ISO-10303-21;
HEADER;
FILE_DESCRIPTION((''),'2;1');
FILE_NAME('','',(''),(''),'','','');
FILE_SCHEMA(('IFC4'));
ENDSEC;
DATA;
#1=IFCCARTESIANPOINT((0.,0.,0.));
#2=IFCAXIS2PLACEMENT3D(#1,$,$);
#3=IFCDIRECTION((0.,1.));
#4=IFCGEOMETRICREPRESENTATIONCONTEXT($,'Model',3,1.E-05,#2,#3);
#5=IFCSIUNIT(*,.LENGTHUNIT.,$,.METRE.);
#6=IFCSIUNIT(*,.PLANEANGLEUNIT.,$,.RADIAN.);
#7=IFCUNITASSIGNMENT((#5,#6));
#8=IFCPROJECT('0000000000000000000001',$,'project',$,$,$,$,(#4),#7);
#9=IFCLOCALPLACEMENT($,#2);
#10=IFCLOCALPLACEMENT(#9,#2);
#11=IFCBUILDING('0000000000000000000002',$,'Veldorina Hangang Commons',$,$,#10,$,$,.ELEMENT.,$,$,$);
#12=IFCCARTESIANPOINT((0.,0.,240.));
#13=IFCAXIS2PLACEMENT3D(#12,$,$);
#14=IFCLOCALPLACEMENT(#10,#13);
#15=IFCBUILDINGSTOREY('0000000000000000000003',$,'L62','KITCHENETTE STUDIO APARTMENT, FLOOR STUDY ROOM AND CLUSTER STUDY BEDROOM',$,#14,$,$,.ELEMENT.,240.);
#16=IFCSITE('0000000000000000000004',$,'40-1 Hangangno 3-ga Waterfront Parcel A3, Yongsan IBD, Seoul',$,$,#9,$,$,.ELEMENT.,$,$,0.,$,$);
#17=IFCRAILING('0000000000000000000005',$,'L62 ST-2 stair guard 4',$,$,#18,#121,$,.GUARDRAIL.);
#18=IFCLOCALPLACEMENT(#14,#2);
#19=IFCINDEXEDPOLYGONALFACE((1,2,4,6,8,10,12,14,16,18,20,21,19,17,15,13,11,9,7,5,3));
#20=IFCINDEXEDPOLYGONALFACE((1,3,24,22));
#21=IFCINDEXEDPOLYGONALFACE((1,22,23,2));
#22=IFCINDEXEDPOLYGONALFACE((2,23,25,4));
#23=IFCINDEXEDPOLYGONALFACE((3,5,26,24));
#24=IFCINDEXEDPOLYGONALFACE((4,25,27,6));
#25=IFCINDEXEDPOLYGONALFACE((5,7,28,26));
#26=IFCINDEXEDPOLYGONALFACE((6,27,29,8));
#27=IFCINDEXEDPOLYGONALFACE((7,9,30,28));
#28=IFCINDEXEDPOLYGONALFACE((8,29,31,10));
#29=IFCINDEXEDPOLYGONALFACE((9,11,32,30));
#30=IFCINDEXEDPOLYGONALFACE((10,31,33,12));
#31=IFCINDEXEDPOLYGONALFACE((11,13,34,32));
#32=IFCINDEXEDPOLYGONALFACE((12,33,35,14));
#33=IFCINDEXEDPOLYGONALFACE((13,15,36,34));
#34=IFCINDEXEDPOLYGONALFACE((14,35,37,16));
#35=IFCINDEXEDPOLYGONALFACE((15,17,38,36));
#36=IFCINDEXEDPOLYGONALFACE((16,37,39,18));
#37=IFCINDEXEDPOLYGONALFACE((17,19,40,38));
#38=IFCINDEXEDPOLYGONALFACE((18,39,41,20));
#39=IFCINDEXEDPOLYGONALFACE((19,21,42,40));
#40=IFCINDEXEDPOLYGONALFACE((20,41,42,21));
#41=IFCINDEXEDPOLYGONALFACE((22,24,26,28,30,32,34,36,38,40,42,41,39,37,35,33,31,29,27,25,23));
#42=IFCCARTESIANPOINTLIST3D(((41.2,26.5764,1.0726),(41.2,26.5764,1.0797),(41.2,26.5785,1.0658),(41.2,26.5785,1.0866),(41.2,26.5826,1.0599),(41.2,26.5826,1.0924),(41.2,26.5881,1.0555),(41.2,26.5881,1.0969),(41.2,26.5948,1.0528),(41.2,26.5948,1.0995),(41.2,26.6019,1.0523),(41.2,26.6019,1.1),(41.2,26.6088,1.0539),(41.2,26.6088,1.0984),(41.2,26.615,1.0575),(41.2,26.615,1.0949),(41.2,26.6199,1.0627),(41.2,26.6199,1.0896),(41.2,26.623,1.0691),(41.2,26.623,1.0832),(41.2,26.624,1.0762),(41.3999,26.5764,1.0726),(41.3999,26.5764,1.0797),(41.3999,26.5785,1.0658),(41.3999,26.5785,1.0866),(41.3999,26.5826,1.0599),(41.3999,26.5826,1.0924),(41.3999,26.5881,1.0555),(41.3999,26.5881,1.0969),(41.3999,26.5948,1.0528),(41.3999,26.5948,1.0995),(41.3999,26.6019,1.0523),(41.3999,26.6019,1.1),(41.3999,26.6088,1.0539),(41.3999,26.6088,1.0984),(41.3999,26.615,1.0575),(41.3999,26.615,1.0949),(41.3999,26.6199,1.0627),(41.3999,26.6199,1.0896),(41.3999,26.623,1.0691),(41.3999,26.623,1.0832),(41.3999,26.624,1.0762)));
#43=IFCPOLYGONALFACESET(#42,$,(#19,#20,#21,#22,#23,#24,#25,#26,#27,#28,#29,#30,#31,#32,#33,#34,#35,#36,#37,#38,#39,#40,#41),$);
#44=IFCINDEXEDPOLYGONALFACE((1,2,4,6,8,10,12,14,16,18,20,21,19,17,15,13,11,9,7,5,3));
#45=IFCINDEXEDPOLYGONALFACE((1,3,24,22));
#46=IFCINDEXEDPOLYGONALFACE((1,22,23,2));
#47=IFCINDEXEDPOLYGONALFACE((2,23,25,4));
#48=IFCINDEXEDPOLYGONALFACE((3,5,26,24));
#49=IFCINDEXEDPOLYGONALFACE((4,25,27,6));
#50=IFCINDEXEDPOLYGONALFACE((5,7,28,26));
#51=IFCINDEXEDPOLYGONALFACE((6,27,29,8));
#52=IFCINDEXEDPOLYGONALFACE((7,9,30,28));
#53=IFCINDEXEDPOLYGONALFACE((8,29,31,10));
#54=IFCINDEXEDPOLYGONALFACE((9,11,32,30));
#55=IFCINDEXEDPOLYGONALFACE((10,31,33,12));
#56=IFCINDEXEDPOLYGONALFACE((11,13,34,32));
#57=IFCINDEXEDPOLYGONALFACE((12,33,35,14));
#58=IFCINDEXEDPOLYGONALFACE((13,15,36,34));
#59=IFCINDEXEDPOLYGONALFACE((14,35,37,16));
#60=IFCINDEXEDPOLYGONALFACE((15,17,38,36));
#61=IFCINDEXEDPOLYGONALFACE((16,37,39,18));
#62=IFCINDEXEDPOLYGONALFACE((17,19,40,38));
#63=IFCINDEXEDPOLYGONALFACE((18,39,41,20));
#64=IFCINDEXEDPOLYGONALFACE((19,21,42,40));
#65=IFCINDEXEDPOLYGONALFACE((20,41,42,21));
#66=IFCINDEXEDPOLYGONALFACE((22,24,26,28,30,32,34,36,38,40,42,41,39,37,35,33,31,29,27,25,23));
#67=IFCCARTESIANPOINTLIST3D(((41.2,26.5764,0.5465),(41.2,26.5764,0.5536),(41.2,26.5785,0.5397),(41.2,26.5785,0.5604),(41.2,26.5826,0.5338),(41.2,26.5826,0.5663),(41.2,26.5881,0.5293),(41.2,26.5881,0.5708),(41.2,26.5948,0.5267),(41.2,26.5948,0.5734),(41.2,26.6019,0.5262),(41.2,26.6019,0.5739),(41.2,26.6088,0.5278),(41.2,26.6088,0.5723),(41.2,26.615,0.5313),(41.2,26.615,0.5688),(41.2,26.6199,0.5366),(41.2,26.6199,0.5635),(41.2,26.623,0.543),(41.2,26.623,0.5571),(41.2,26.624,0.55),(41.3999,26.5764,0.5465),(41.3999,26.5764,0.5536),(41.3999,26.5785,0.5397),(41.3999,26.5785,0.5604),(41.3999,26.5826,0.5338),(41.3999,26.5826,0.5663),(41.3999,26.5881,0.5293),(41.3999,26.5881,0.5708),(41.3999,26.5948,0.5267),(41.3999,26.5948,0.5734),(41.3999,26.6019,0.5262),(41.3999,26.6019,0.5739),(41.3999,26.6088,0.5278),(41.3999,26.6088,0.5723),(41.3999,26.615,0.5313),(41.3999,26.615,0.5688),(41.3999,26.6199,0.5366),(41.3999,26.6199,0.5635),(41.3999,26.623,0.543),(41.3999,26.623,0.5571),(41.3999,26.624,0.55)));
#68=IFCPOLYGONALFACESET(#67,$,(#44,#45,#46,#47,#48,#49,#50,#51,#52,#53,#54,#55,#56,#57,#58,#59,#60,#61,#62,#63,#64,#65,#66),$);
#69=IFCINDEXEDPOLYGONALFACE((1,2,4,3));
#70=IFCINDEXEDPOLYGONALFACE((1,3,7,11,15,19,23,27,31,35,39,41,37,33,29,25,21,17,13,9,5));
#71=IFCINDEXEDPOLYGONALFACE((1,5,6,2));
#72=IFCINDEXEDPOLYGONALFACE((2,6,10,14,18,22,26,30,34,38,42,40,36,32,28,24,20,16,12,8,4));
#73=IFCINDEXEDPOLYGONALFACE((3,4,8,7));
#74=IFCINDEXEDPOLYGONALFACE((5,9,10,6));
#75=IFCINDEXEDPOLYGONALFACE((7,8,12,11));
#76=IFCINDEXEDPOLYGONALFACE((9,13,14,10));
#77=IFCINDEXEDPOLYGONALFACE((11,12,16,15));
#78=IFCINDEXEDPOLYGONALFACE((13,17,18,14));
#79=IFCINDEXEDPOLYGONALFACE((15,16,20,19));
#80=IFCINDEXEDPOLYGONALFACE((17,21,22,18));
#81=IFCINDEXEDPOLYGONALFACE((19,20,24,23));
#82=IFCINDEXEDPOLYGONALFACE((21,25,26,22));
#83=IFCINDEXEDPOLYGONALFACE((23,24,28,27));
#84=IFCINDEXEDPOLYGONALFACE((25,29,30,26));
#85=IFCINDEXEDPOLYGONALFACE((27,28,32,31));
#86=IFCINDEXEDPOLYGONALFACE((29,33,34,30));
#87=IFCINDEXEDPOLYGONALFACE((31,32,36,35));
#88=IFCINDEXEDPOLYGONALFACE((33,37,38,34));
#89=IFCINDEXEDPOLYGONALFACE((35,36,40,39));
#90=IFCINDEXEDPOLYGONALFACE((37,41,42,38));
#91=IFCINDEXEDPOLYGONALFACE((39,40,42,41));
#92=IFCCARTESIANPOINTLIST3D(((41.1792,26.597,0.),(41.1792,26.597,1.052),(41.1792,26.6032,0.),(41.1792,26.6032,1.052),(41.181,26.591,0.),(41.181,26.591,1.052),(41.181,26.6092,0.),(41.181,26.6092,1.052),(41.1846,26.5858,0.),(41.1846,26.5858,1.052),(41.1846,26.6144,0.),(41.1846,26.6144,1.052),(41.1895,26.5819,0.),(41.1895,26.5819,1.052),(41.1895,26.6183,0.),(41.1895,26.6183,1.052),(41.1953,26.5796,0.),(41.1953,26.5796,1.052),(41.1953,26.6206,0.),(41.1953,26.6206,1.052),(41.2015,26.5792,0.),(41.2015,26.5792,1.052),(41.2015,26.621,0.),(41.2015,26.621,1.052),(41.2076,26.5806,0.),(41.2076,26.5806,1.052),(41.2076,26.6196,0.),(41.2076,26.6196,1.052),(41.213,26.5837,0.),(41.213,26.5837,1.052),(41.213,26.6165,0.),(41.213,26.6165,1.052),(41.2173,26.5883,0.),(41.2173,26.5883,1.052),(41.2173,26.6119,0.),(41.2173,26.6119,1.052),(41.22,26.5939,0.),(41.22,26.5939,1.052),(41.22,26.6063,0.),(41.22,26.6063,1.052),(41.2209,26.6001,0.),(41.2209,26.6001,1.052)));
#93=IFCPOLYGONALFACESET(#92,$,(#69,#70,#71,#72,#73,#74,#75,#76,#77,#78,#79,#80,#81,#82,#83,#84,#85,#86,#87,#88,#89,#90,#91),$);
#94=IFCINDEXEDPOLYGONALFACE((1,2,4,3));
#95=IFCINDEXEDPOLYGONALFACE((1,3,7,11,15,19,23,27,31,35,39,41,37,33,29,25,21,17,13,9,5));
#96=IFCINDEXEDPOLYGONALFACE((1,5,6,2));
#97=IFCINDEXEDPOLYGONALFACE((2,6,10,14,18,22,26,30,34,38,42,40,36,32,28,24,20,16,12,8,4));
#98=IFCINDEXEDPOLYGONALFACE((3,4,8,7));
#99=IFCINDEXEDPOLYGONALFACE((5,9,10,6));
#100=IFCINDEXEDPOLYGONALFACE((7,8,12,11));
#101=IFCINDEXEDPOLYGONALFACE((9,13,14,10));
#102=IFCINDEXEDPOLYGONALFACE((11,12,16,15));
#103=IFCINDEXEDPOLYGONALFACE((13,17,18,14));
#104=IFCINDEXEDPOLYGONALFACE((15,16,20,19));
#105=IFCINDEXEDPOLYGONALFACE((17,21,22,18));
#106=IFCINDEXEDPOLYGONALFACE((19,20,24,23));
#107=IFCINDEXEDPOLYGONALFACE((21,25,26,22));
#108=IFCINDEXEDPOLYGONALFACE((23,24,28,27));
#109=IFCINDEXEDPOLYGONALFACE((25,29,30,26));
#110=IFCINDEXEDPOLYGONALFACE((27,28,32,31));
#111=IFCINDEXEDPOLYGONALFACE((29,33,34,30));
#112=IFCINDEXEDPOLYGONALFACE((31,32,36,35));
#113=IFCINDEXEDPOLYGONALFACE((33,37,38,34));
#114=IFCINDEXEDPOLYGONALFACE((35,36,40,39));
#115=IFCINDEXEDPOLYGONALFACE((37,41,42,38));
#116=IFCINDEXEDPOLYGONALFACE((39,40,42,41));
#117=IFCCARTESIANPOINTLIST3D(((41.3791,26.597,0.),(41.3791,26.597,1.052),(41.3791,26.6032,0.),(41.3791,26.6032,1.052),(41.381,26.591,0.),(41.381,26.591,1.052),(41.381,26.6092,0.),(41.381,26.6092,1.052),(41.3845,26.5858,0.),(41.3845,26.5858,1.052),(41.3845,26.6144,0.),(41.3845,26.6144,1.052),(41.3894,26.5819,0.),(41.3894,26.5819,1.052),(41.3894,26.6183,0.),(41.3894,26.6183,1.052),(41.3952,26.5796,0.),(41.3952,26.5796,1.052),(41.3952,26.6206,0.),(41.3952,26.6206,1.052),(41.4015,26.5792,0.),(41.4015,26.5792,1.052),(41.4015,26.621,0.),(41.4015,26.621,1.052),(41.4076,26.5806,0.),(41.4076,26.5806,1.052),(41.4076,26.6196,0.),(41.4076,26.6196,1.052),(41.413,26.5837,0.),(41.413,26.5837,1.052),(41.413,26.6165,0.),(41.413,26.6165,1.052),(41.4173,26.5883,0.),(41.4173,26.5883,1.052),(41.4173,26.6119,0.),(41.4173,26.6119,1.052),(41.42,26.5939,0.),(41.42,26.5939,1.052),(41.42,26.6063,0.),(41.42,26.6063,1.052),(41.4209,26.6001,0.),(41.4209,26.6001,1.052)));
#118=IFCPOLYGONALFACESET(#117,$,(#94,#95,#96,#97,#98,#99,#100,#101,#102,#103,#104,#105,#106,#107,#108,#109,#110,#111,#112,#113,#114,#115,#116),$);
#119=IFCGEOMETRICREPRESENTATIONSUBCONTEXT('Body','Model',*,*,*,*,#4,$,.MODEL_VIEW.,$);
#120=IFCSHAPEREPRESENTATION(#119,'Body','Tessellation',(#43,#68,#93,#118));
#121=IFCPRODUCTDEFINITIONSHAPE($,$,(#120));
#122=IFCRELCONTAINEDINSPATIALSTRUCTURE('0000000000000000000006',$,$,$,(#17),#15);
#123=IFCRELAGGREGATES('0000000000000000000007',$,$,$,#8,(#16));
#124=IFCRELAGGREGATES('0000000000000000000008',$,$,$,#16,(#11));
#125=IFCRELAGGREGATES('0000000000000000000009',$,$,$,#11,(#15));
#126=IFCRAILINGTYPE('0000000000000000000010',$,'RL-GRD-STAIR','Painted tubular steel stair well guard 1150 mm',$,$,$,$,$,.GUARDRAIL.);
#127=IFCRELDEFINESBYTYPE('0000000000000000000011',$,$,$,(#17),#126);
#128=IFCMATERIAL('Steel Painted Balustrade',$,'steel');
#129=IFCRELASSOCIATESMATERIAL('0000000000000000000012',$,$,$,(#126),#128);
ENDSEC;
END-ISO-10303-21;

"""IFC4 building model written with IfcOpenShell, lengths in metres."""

from ifc_helpers import new_model, si_unit, direction, frame, origin, origin_2d, place, context, subcontext, project, spatial, circle, extrude, material, type_object, element, save


model = new_model("IFC4")

# Units and contexts
model_context = context("Model", 3, precision=1e-05, world=origin(), true_north=direction((0.0, 1.0)))
body_context = subcontext(model_context, "Body", "Model", "MODEL_VIEW")
ifc_project = project(units=[si_unit("LENGTHUNIT", "METRE"), si_unit("PLANEANGLEUNIT", "RADIAN")], contexts=[model_context])

# Site, building, storey
site_placement = place(None, origin())
site = spatial("IfcSite", under=ifc_project, at=site_placement, Name="40-1 Hangangno 3-ga Waterfront Parcel A3, Yongsan IBD, Seoul", CompositionType="ELEMENT", RefElevation=0.0)
building_placement = place(site_placement, origin())
building = spatial("IfcBuilding", under=site, at=building_placement, Name="Veldorina Hangang Commons", CompositionType="ELEMENT")
storey_placement = place(building_placement, frame((0.0, 0.0, 240.0)))
storey = spatial("IfcBuildingStorey", under=building, at=storey_placement, Name="L62", Description="KITCHENETTE STUDIO APARTMENT, FLOOR STUDY ROOM AND CLUSTER STUDY BEDROOM", CompositionType="ELEMENT", Elevation=240.0)

# Railing
ifc_material_1 = material(Name="Steel Painted Balustrade", Category="steel")
railing_type_1 = type_object("IfcRailingType", Name="RL-GRD-STAIR", Description="Painted tubular steel stair well guard 1150 mm", PredefinedType="GUARDRAIL", material=ifc_material_1)
railing_1_placement = place(storey_placement, frame((41.2, 26.6001, 0.0)))
element("IfcRailing", 1, at=railing_1_placement, inside=storey, type_object=railing_type_1, Name="L62 ST-2 stair guard 4", PredefinedType="GUARDRAIL", context=body_context, shape_type="SweptSolid", body=[
    extrude(circle(Radius=0.0239, at=origin_2d()), frame((0.0, 0.0, 1.0762), z_axis=(1.0, 0.0, 0.0), x_axis=(0.0, 1.0, 0.0)), (0.0, 0.0, 1.0), 0.2),
    extrude(circle(Radius=0.0239, at=origin_2d()), frame((0.0, 0.0, 0.55), z_axis=(1.0, 0.0, 0.0), x_axis=(0.0, 1.0, 0.0)), (0.0, 0.0, 1.0), 0.2),
    extrude(circle(Radius=0.021, at=origin_2d()), origin(), (0.0, 0.0, 1.0), 1.052),
    extrude(circle(Radius=0.021, at=origin_2d()), frame((0.2, 0.0, 0.0)), (0.0, 0.0, 1.0), 1.052),
])

save(model, "model.ifc")
